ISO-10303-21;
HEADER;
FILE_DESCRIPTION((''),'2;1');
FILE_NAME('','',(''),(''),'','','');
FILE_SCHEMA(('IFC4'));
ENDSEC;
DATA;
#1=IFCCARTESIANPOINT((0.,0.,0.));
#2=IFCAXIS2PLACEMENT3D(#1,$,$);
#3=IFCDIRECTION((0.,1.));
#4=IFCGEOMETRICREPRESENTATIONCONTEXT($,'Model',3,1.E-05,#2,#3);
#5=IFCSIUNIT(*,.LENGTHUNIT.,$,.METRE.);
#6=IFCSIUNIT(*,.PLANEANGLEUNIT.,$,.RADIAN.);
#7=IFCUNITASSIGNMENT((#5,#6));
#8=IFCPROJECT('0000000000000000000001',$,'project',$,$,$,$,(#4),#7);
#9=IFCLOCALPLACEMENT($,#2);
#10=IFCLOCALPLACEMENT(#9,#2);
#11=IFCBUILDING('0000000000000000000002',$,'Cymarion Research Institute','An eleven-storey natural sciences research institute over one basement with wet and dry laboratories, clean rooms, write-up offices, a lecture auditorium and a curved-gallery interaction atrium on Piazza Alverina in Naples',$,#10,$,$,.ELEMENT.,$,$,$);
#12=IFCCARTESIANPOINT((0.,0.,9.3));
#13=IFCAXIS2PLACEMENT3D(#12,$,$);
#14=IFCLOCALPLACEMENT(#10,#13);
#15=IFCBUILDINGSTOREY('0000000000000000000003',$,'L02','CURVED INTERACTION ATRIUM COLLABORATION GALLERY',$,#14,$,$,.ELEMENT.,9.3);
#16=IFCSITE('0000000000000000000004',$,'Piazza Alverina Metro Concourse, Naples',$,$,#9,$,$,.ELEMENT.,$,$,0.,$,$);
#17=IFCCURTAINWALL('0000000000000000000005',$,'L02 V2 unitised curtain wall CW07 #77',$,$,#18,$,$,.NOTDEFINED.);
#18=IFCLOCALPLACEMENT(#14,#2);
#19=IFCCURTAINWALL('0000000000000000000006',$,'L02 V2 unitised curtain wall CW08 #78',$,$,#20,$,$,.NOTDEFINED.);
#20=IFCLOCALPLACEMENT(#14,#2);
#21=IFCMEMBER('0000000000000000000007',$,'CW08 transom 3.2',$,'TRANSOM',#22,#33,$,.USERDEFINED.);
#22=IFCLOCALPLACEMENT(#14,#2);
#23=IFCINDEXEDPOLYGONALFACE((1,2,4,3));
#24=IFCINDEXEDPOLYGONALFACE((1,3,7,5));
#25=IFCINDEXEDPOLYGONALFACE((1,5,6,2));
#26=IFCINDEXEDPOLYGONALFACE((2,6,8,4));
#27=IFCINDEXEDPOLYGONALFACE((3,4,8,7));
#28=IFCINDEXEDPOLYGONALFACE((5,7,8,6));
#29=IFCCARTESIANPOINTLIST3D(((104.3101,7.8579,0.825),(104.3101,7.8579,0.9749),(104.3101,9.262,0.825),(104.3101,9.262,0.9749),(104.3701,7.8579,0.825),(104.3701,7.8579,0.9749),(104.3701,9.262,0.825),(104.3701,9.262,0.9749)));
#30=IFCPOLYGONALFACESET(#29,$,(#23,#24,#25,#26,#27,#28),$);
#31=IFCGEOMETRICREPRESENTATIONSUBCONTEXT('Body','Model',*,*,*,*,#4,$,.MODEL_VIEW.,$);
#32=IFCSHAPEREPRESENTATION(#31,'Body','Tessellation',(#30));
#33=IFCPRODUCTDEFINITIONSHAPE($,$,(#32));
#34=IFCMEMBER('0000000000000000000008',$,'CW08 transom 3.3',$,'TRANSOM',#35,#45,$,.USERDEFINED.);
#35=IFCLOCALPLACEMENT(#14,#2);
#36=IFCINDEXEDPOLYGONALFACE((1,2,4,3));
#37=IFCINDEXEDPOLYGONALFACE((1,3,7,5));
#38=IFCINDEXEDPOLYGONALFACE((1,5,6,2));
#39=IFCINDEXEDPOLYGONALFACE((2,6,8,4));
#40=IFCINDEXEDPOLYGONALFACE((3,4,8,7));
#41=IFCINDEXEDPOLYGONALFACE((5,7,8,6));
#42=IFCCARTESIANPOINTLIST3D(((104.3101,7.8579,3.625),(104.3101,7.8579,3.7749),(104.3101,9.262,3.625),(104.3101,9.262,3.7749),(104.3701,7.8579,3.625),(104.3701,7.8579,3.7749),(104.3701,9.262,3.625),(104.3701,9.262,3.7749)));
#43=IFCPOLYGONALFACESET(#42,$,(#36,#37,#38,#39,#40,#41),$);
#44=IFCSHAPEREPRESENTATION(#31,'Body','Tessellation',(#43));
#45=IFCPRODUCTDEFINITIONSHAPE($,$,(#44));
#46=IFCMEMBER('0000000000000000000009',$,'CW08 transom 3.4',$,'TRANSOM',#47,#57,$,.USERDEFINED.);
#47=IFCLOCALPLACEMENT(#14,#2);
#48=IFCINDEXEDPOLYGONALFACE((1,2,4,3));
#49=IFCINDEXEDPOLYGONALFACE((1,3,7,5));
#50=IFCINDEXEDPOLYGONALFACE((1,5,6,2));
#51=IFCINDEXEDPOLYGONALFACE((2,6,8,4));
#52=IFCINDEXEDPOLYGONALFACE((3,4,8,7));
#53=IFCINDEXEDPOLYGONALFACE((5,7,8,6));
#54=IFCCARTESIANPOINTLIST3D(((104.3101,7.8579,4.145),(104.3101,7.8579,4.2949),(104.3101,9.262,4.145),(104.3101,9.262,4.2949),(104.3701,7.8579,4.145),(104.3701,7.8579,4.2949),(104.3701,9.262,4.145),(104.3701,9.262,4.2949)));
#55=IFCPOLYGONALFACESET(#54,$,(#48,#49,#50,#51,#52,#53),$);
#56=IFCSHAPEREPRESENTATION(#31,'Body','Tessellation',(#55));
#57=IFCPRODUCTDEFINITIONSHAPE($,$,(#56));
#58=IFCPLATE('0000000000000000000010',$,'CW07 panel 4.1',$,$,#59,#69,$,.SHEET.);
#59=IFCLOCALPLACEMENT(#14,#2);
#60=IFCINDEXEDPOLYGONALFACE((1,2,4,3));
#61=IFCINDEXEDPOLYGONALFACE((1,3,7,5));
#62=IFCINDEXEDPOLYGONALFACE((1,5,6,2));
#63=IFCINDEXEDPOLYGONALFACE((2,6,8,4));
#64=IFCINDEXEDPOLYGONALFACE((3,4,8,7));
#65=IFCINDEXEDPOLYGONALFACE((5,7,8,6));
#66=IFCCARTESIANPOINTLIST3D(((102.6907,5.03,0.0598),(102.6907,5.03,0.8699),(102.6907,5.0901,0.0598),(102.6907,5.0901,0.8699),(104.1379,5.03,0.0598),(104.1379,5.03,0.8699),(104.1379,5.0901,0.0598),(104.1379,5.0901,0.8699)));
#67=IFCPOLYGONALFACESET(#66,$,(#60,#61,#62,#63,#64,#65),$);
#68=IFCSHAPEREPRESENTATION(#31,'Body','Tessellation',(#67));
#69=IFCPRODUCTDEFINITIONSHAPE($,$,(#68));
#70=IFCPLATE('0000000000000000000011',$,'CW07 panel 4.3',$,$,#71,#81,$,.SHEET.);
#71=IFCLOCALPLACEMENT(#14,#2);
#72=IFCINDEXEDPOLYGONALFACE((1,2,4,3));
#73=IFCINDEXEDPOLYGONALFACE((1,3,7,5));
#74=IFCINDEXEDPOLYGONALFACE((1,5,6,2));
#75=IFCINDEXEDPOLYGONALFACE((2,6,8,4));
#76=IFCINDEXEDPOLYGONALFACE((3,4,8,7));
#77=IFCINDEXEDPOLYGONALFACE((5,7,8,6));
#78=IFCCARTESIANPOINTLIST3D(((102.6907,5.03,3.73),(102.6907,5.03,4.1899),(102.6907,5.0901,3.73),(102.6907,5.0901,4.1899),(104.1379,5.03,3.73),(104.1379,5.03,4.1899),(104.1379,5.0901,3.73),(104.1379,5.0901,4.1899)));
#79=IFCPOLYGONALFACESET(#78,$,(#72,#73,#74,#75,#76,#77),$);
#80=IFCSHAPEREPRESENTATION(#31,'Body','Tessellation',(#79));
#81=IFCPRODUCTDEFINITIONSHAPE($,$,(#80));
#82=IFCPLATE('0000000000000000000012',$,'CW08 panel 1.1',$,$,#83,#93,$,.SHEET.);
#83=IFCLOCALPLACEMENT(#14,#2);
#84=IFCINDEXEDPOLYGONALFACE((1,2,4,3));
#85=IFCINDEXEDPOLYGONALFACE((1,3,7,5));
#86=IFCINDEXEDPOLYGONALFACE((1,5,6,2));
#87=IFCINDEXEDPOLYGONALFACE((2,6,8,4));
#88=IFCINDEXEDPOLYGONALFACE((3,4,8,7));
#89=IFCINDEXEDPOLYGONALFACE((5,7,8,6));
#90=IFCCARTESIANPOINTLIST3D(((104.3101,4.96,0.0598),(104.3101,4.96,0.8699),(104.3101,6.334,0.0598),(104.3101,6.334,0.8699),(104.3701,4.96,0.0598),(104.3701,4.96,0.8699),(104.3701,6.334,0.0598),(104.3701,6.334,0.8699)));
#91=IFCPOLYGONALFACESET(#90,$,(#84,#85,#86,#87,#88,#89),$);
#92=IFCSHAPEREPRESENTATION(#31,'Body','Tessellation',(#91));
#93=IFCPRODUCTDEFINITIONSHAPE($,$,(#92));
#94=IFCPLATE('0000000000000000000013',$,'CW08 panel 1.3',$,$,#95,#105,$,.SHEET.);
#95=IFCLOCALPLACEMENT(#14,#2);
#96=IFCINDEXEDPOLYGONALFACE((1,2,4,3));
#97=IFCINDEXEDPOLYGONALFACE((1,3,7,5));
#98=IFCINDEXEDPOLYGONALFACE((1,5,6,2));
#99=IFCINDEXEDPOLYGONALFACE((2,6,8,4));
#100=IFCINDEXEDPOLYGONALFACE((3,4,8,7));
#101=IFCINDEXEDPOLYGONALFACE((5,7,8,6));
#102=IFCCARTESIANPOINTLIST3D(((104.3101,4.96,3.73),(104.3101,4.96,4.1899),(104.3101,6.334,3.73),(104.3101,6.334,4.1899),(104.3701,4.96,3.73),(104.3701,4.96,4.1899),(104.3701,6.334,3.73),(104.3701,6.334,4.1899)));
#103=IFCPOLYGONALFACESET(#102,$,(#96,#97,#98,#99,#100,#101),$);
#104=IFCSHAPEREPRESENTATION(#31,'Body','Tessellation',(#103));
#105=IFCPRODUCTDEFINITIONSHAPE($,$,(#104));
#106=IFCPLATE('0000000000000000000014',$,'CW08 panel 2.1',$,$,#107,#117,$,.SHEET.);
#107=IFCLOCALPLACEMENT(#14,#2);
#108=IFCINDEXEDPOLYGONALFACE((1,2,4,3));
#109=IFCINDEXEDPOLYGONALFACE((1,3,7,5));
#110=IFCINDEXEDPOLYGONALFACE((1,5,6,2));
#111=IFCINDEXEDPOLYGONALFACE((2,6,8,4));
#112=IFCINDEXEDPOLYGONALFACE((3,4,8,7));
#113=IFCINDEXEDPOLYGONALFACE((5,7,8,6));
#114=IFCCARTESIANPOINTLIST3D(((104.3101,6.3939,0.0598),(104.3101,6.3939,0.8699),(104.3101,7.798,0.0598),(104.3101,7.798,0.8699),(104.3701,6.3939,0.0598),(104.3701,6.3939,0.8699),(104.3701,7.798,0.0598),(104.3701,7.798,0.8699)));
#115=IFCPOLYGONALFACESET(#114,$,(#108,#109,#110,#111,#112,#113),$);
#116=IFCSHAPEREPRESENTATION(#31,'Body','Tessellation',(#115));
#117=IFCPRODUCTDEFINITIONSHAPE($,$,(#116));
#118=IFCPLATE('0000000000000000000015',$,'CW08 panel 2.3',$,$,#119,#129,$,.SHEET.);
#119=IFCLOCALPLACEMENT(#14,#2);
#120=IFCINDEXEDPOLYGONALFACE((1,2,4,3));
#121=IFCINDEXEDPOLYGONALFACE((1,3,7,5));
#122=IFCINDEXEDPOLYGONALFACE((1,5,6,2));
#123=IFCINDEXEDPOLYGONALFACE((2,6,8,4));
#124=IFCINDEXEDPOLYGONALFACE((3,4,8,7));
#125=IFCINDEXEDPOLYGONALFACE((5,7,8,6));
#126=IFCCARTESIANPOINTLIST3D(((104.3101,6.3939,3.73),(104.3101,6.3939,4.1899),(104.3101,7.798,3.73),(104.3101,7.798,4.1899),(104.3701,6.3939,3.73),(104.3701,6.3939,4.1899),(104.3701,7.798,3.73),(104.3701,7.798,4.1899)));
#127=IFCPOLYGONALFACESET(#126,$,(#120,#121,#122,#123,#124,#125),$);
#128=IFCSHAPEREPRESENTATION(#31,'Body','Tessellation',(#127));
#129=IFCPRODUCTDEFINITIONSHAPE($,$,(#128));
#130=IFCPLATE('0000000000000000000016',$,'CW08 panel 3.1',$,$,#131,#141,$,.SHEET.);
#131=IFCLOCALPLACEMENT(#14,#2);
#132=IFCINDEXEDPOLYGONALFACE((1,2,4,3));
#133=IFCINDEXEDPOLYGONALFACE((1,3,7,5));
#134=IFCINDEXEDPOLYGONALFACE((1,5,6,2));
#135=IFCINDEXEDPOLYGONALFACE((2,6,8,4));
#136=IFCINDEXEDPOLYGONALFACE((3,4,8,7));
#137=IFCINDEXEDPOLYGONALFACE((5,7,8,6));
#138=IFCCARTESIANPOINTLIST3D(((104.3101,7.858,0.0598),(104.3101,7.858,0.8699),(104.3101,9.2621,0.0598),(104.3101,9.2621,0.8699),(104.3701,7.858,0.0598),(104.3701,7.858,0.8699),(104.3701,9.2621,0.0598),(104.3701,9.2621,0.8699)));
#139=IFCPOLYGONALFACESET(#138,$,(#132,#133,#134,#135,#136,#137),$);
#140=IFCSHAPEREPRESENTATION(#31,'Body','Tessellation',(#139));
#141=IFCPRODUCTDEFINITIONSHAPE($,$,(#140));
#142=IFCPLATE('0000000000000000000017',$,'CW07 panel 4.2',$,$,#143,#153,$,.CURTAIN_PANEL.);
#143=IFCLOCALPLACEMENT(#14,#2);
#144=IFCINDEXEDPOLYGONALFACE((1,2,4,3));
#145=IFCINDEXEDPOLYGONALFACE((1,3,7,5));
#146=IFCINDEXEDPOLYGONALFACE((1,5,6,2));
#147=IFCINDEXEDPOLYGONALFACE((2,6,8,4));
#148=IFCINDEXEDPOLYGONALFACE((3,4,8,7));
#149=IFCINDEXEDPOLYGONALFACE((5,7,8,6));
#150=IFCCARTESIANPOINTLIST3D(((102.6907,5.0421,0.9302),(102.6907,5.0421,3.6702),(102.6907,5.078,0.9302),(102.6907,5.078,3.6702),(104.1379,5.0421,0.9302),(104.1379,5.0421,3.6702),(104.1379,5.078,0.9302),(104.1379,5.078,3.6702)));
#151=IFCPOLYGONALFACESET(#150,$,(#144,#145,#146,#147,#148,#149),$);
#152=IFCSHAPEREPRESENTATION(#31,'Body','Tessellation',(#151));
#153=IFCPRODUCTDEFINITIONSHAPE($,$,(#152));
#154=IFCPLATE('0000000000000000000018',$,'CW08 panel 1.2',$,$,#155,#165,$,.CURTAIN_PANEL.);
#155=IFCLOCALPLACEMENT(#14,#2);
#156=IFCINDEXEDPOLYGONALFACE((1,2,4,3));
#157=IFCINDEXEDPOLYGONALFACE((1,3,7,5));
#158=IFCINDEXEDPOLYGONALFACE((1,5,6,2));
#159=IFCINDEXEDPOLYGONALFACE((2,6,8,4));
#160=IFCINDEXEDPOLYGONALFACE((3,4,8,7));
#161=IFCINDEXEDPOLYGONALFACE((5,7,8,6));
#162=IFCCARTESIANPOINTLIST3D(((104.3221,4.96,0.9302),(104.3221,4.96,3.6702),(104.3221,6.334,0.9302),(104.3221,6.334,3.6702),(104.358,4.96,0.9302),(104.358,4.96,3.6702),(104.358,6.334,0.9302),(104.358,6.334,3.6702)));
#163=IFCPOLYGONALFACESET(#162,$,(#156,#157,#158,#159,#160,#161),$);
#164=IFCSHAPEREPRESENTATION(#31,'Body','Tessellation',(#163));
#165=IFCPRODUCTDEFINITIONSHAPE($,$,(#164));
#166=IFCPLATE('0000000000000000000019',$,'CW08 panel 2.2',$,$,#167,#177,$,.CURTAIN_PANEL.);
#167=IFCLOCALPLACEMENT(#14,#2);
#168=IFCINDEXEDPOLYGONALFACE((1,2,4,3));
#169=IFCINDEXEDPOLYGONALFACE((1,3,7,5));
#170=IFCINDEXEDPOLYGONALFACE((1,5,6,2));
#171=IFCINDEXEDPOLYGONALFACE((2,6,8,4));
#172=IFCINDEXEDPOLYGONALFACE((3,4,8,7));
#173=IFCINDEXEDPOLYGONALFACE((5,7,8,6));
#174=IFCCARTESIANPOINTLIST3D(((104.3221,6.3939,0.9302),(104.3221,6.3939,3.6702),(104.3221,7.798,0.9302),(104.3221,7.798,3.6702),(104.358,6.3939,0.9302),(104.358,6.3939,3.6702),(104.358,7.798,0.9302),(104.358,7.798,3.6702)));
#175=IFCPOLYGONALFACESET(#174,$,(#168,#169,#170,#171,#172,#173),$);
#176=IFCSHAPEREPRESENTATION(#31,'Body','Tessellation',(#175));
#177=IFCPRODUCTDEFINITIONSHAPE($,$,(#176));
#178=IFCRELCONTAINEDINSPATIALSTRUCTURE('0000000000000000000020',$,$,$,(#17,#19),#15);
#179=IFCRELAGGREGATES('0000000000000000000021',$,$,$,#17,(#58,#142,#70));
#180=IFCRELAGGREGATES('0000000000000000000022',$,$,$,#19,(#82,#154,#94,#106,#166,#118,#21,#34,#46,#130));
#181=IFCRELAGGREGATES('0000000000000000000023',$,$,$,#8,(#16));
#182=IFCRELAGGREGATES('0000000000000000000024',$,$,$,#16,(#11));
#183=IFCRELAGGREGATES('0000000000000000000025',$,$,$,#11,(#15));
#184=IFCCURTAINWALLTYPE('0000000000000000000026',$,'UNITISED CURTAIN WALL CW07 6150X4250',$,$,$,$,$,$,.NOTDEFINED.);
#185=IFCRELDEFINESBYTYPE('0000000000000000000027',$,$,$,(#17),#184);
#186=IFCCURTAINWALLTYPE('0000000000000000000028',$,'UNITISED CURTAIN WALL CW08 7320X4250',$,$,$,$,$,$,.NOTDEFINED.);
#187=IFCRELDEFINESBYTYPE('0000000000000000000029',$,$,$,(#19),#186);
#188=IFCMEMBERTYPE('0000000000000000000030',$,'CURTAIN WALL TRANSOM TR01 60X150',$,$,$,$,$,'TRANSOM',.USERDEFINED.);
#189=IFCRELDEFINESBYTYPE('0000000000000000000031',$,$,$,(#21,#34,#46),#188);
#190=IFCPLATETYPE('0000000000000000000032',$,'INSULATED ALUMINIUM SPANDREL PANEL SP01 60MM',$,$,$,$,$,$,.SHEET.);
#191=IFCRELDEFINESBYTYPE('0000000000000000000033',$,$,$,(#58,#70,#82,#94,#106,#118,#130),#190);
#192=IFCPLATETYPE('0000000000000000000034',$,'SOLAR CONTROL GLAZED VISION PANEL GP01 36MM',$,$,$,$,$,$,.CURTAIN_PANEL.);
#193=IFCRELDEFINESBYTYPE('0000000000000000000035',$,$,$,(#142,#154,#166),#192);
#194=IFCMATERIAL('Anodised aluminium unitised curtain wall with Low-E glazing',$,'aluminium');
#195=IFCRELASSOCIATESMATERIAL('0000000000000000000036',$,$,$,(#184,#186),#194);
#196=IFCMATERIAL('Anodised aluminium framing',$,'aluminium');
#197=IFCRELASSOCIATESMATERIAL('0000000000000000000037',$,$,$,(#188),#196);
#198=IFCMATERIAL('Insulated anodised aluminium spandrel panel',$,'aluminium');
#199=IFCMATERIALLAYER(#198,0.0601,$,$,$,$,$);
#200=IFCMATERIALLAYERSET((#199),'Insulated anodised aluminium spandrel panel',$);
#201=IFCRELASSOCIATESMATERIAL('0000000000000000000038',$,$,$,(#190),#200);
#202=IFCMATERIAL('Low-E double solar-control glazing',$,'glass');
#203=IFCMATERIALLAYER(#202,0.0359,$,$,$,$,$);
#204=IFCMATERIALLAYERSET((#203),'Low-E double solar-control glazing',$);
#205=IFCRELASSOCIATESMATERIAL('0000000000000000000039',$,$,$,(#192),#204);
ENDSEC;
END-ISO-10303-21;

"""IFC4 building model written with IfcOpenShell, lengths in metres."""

from ifc_helpers import new_model, si_unit, direction, frame, origin, origin_2d, place, context, subcontext, project, spatial, rectangle, extrude, material, layer, layer_set, material_profile, profile_set, type_object, element, aggregate, save


model = new_model("IFC4")

# Units and contexts
model_context = context("Model", 3, precision=1e-05, world=origin(), true_north=direction((0.0, 1.0)))
body_context = subcontext(model_context, "Body", "Model", "MODEL_VIEW")
ifc_project = project(units=[si_unit("LENGTHUNIT", "METRE"), si_unit("PLANEANGLEUNIT", "RADIAN")], contexts=[model_context])

# Site, building, storey
site_placement = place(None, origin())
site = spatial("IfcSite", under=ifc_project, at=site_placement, Name="Piazza Alverina Metro Concourse, Naples", CompositionType="ELEMENT", RefElevation=0.0)
building_placement = place(site_placement, origin())
building = spatial("IfcBuilding", under=site, at=building_placement, Name="Cymarion Research Institute", Description="An eleven-storey natural sciences research institute over one basement with wet and dry laboratories, clean rooms, write-up offices, a lecture auditorium and a curved-gallery interaction atrium on Piazza Alverina in Naples", CompositionType="ELEMENT")
storey_placement = place(building_placement, frame((0.0, 0.0, 9.3)))
storey = spatial("IfcBuildingStorey", under=building, at=storey_placement, Name="L02", Description="CURVED INTERACTION ATRIUM COLLABORATION GALLERY", CompositionType="ELEMENT", Elevation=9.3)

# Curtain wall
ifc_material_1 = material(Name="Anodised aluminium unitised curtain wall with Low-E glazing", Category="aluminium")
curtain_wall_type_1 = type_object("IfcCurtainWallType", Name="UNITISED CURTAIN WALL CW07 6150X4250", PredefinedType="NOTDEFINED", material=ifc_material_1)
curtain_wall_1_placement = place(storey_placement, origin())
curtain_wall_1 = element("IfcCurtainWall", 1, at=curtain_wall_1_placement, inside=storey, type_object=curtain_wall_type_1, Name="L02 V2 unitised curtain wall CW07 #77", PredefinedType="NOTDEFINED")
ifc_material_2 = material(Name="Anodised aluminium framing", Category="aluminium")

# Curtain wall
curtain_wall_type_2 = type_object("IfcCurtainWallType", Name="UNITISED CURTAIN WALL CW08 7320X4250", PredefinedType="NOTDEFINED", material=ifc_material_1)
curtain_wall_2_placement = place(storey_placement, origin())
curtain_wall_2 = element("IfcCurtainWall", 2, at=curtain_wall_2_placement, inside=storey, type_object=curtain_wall_type_2, Name="L02 V2 unitised curtain wall CW08 #78", PredefinedType="NOTDEFINED")

# Members
ifc_material_profile_1 = material_profile(ifc_material_2, rectangle(XDim=0.0601, YDim=0.1499, at=origin_2d()), Name="ALU TRANSOM 60x150")
ifc_profile_set_1 = profile_set([ifc_material_profile_1], Name="Anodised aluminium framing")
member_type_1 = type_object("IfcMemberType", Name="CURTAIN WALL TRANSOM TR01 60X150", ElementType="TRANSOM", PredefinedType="USERDEFINED", material=ifc_profile_set_1)
member_1_placement = place(storey_placement, frame((104.3401, 7.8579, 0.8999), z_axis=(0.0, 1.0, 0.0), x_axis=(-1.0, 0.0, 0.0)))
member_1 = element("IfcMember", 3, at=member_1_placement, type_object=member_type_1, Name="CW08 transom 3.2", ObjectType="TRANSOM", PredefinedType="USERDEFINED", context=body_context, shape_type="SweptSolid", body=[
    extrude(rectangle(XDim=0.0601, YDim=0.1499, at=origin_2d()), origin(), (0.0, 0.0, 1.0), 1.4041),
])
member_2_placement = place(storey_placement, frame((104.3401, 7.8579, 3.7), z_axis=(0.0, 1.0, 0.0), x_axis=(-1.0, 0.0, 0.0)))
member_2 = element("IfcMember", 4, at=member_2_placement, type_object=member_type_1, Name="CW08 transom 3.3", ObjectType="TRANSOM", PredefinedType="USERDEFINED", context=body_context, shape_type="SweptSolid", body=[
    extrude(rectangle(XDim=0.0601, YDim=0.1499, at=origin_2d()), origin(), (0.0, 0.0, 1.0), 1.4041),
])
member_3_placement = place(storey_placement, frame((104.3401, 7.8579, 4.22), z_axis=(0.0, 1.0, 0.0), x_axis=(-1.0, 0.0, 0.0)))
member_3 = element("IfcMember", 5, at=member_3_placement, type_object=member_type_1, Name="CW08 transom 3.4", ObjectType="TRANSOM", PredefinedType="USERDEFINED", context=body_context, shape_type="SweptSolid", body=[
    extrude(rectangle(XDim=0.0601, YDim=0.1499, at=origin_2d()), origin(), (0.0, 0.0, 1.0), 1.4041),
])

# Plates
ifc_material_3 = material(Name="Insulated anodised aluminium spandrel panel", Category="aluminium")
ifc_layer_1 = layer(ifc_material_3, 0.0601)
ifc_layer_set_1 = layer_set([ifc_layer_1], Name="Insulated anodised aluminium spandrel panel")
plate_type_1 = type_object("IfcPlateType", Name="INSULATED ALUMINIUM SPANDREL PANEL SP01 60MM", PredefinedType="SHEET", material=ifc_layer_set_1)
plate_1_placement = place(storey_placement, frame((103.4143, 5.0601, 0.0598), z_axis=(0.0, 0.0, 1.0), x_axis=(1.0, 0.0, 0.0)))
plate_1 = element("IfcPlate", 6, at=plate_1_placement, type_object=plate_type_1, Name="CW07 panel 4.1", PredefinedType="SHEET", context=body_context, shape_type="SweptSolid", body=[
    extrude(rectangle(XDim=1.4473, YDim=0.0601, at=origin_2d()), origin(), (0.0, 0.0, 1.0), 0.8101),
])
plate_2_placement = place(storey_placement, frame((103.4143, 5.0601, 3.73), z_axis=(0.0, 0.0, 1.0), x_axis=(1.0, 0.0, 0.0)))
plate_2 = element("IfcPlate", 7, at=plate_2_placement, type_object=plate_type_1, Name="CW07 panel 4.3", PredefinedType="SHEET", context=body_context, shape_type="SweptSolid", body=[
    extrude(rectangle(XDim=1.4473, YDim=0.0601, at=origin_2d()), origin(), (0.0, 0.0, 1.0), 0.46),
])
plate_3_placement = place(storey_placement, frame((104.3401, 5.647, 0.0598), z_axis=(0.0, 0.0, 1.0), x_axis=(0.0, 1.0, 0.0)))
plate_3 = element("IfcPlate", 8, at=plate_3_placement, type_object=plate_type_1, Name="CW08 panel 1.1", PredefinedType="SHEET", context=body_context, shape_type="SweptSolid", body=[
    extrude(rectangle(XDim=1.374, YDim=0.0601, at=origin_2d()), origin(), (0.0, 0.0, 1.0), 0.8101),
])
plate_4_placement = place(storey_placement, frame((104.3401, 5.647, 3.73), z_axis=(0.0, 0.0, 1.0), x_axis=(0.0, 1.0, 0.0)))
plate_4 = element("IfcPlate", 9, at=plate_4_placement, type_object=plate_type_1, Name="CW08 panel 1.3", PredefinedType="SHEET", context=body_context, shape_type="SweptSolid", body=[
    extrude(rectangle(XDim=1.374, YDim=0.0601, at=origin_2d()), origin(), (0.0, 0.0, 1.0), 0.46),
])
plate_5_placement = place(storey_placement, frame((104.3401, 7.0959, 0.0598), z_axis=(0.0, 0.0, 1.0), x_axis=(0.0, 1.0, 0.0)))
plate_5 = element("IfcPlate", 10, at=plate_5_placement, type_object=plate_type_1, Name="CW08 panel 2.1", PredefinedType="SHEET", context=body_context, shape_type="SweptSolid", body=[
    extrude(rectangle(XDim=1.4041, YDim=0.0601, at=origin_2d()), origin(), (0.0, 0.0, 1.0), 0.8101),
])
plate_6_placement = place(storey_placement, frame((104.3401, 7.0959, 3.73), z_axis=(0.0, 0.0, 1.0), x_axis=(0.0, 1.0, 0.0)))
plate_6 = element("IfcPlate", 11, at=plate_6_placement, type_object=plate_type_1, Name="CW08 panel 2.3", PredefinedType="SHEET", context=body_context, shape_type="SweptSolid", body=[
    extrude(rectangle(XDim=1.4041, YDim=0.0601, at=origin_2d()), origin(), (0.0, 0.0, 1.0), 0.46),
])
plate_7_placement = place(storey_placement, frame((104.3401, 8.5601, 0.0598), z_axis=(0.0, 0.0, 1.0), x_axis=(0.0, 1.0, 0.0)))
plate_7 = element("IfcPlate", 12, at=plate_7_placement, type_object=plate_type_1, Name="CW08 panel 3.1", PredefinedType="SHEET", context=body_context, shape_type="SweptSolid", body=[
    extrude(rectangle(XDim=1.4041, YDim=0.0601, at=origin_2d()), origin(), (0.0, 0.0, 1.0), 0.8101),
])
ifc_material_4 = material(Name="Low-E double solar-control glazing", Category="glass")
ifc_layer_2 = layer(ifc_material_4, 0.0359)
ifc_layer_set_2 = layer_set([ifc_layer_2], Name="Low-E double solar-control glazing")
plate_type_2 = type_object("IfcPlateType", Name="SOLAR CONTROL GLAZED VISION PANEL GP01 36MM", PredefinedType="CURTAIN_PANEL", material=ifc_layer_set_2)
plate_8_placement = place(storey_placement, frame((103.4143, 5.0601, 0.9302), z_axis=(0.0, 0.0, 1.0), x_axis=(1.0, 0.0, 0.0)))
plate_8 = element("IfcPlate", 13, at=plate_8_placement, type_object=plate_type_2, Name="CW07 panel 4.2", PredefinedType="CURTAIN_PANEL", context=body_context, shape_type="SweptSolid", body=[
    extrude(rectangle(XDim=1.4473, YDim=0.0359, at=origin_2d()), origin(), (0.0, 0.0, 1.0), 2.74),
])
aggregate(curtain_wall_1, [plate_1, plate_8, plate_2])
plate_9_placement = place(storey_placement, frame((104.3401, 5.647, 0.9302), z_axis=(0.0, 0.0, 1.0), x_axis=(0.0, 1.0, 0.0)))
plate_9 = element("IfcPlate", 14, at=plate_9_placement, type_object=plate_type_2, Name="CW08 panel 1.2", PredefinedType="CURTAIN_PANEL", context=body_context, shape_type="SweptSolid", body=[
    extrude(rectangle(XDim=1.374, YDim=0.0359, at=origin_2d()), origin(), (0.0, 0.0, 1.0), 2.74),
])
plate_10_placement = place(storey_placement, frame((104.3401, 7.0959, 0.9302), z_axis=(0.0, 0.0, 1.0), x_axis=(0.0, 1.0, 0.0)))
plate_10 = element("IfcPlate", 15, at=plate_10_placement, type_object=plate_type_2, Name="CW08 panel 2.2", PredefinedType="CURTAIN_PANEL", context=body_context, shape_type="SweptSolid", body=[
    extrude(rectangle(XDim=1.4041, YDim=0.0359, at=origin_2d()), origin(), (0.0, 0.0, 1.0), 2.74),
])
aggregate(curtain_wall_2, [plate_3, plate_9, plate_4, plate_5, plate_10, plate_6, member_1, member_2, member_3, plate_7])

save(model, "model.ifc")
